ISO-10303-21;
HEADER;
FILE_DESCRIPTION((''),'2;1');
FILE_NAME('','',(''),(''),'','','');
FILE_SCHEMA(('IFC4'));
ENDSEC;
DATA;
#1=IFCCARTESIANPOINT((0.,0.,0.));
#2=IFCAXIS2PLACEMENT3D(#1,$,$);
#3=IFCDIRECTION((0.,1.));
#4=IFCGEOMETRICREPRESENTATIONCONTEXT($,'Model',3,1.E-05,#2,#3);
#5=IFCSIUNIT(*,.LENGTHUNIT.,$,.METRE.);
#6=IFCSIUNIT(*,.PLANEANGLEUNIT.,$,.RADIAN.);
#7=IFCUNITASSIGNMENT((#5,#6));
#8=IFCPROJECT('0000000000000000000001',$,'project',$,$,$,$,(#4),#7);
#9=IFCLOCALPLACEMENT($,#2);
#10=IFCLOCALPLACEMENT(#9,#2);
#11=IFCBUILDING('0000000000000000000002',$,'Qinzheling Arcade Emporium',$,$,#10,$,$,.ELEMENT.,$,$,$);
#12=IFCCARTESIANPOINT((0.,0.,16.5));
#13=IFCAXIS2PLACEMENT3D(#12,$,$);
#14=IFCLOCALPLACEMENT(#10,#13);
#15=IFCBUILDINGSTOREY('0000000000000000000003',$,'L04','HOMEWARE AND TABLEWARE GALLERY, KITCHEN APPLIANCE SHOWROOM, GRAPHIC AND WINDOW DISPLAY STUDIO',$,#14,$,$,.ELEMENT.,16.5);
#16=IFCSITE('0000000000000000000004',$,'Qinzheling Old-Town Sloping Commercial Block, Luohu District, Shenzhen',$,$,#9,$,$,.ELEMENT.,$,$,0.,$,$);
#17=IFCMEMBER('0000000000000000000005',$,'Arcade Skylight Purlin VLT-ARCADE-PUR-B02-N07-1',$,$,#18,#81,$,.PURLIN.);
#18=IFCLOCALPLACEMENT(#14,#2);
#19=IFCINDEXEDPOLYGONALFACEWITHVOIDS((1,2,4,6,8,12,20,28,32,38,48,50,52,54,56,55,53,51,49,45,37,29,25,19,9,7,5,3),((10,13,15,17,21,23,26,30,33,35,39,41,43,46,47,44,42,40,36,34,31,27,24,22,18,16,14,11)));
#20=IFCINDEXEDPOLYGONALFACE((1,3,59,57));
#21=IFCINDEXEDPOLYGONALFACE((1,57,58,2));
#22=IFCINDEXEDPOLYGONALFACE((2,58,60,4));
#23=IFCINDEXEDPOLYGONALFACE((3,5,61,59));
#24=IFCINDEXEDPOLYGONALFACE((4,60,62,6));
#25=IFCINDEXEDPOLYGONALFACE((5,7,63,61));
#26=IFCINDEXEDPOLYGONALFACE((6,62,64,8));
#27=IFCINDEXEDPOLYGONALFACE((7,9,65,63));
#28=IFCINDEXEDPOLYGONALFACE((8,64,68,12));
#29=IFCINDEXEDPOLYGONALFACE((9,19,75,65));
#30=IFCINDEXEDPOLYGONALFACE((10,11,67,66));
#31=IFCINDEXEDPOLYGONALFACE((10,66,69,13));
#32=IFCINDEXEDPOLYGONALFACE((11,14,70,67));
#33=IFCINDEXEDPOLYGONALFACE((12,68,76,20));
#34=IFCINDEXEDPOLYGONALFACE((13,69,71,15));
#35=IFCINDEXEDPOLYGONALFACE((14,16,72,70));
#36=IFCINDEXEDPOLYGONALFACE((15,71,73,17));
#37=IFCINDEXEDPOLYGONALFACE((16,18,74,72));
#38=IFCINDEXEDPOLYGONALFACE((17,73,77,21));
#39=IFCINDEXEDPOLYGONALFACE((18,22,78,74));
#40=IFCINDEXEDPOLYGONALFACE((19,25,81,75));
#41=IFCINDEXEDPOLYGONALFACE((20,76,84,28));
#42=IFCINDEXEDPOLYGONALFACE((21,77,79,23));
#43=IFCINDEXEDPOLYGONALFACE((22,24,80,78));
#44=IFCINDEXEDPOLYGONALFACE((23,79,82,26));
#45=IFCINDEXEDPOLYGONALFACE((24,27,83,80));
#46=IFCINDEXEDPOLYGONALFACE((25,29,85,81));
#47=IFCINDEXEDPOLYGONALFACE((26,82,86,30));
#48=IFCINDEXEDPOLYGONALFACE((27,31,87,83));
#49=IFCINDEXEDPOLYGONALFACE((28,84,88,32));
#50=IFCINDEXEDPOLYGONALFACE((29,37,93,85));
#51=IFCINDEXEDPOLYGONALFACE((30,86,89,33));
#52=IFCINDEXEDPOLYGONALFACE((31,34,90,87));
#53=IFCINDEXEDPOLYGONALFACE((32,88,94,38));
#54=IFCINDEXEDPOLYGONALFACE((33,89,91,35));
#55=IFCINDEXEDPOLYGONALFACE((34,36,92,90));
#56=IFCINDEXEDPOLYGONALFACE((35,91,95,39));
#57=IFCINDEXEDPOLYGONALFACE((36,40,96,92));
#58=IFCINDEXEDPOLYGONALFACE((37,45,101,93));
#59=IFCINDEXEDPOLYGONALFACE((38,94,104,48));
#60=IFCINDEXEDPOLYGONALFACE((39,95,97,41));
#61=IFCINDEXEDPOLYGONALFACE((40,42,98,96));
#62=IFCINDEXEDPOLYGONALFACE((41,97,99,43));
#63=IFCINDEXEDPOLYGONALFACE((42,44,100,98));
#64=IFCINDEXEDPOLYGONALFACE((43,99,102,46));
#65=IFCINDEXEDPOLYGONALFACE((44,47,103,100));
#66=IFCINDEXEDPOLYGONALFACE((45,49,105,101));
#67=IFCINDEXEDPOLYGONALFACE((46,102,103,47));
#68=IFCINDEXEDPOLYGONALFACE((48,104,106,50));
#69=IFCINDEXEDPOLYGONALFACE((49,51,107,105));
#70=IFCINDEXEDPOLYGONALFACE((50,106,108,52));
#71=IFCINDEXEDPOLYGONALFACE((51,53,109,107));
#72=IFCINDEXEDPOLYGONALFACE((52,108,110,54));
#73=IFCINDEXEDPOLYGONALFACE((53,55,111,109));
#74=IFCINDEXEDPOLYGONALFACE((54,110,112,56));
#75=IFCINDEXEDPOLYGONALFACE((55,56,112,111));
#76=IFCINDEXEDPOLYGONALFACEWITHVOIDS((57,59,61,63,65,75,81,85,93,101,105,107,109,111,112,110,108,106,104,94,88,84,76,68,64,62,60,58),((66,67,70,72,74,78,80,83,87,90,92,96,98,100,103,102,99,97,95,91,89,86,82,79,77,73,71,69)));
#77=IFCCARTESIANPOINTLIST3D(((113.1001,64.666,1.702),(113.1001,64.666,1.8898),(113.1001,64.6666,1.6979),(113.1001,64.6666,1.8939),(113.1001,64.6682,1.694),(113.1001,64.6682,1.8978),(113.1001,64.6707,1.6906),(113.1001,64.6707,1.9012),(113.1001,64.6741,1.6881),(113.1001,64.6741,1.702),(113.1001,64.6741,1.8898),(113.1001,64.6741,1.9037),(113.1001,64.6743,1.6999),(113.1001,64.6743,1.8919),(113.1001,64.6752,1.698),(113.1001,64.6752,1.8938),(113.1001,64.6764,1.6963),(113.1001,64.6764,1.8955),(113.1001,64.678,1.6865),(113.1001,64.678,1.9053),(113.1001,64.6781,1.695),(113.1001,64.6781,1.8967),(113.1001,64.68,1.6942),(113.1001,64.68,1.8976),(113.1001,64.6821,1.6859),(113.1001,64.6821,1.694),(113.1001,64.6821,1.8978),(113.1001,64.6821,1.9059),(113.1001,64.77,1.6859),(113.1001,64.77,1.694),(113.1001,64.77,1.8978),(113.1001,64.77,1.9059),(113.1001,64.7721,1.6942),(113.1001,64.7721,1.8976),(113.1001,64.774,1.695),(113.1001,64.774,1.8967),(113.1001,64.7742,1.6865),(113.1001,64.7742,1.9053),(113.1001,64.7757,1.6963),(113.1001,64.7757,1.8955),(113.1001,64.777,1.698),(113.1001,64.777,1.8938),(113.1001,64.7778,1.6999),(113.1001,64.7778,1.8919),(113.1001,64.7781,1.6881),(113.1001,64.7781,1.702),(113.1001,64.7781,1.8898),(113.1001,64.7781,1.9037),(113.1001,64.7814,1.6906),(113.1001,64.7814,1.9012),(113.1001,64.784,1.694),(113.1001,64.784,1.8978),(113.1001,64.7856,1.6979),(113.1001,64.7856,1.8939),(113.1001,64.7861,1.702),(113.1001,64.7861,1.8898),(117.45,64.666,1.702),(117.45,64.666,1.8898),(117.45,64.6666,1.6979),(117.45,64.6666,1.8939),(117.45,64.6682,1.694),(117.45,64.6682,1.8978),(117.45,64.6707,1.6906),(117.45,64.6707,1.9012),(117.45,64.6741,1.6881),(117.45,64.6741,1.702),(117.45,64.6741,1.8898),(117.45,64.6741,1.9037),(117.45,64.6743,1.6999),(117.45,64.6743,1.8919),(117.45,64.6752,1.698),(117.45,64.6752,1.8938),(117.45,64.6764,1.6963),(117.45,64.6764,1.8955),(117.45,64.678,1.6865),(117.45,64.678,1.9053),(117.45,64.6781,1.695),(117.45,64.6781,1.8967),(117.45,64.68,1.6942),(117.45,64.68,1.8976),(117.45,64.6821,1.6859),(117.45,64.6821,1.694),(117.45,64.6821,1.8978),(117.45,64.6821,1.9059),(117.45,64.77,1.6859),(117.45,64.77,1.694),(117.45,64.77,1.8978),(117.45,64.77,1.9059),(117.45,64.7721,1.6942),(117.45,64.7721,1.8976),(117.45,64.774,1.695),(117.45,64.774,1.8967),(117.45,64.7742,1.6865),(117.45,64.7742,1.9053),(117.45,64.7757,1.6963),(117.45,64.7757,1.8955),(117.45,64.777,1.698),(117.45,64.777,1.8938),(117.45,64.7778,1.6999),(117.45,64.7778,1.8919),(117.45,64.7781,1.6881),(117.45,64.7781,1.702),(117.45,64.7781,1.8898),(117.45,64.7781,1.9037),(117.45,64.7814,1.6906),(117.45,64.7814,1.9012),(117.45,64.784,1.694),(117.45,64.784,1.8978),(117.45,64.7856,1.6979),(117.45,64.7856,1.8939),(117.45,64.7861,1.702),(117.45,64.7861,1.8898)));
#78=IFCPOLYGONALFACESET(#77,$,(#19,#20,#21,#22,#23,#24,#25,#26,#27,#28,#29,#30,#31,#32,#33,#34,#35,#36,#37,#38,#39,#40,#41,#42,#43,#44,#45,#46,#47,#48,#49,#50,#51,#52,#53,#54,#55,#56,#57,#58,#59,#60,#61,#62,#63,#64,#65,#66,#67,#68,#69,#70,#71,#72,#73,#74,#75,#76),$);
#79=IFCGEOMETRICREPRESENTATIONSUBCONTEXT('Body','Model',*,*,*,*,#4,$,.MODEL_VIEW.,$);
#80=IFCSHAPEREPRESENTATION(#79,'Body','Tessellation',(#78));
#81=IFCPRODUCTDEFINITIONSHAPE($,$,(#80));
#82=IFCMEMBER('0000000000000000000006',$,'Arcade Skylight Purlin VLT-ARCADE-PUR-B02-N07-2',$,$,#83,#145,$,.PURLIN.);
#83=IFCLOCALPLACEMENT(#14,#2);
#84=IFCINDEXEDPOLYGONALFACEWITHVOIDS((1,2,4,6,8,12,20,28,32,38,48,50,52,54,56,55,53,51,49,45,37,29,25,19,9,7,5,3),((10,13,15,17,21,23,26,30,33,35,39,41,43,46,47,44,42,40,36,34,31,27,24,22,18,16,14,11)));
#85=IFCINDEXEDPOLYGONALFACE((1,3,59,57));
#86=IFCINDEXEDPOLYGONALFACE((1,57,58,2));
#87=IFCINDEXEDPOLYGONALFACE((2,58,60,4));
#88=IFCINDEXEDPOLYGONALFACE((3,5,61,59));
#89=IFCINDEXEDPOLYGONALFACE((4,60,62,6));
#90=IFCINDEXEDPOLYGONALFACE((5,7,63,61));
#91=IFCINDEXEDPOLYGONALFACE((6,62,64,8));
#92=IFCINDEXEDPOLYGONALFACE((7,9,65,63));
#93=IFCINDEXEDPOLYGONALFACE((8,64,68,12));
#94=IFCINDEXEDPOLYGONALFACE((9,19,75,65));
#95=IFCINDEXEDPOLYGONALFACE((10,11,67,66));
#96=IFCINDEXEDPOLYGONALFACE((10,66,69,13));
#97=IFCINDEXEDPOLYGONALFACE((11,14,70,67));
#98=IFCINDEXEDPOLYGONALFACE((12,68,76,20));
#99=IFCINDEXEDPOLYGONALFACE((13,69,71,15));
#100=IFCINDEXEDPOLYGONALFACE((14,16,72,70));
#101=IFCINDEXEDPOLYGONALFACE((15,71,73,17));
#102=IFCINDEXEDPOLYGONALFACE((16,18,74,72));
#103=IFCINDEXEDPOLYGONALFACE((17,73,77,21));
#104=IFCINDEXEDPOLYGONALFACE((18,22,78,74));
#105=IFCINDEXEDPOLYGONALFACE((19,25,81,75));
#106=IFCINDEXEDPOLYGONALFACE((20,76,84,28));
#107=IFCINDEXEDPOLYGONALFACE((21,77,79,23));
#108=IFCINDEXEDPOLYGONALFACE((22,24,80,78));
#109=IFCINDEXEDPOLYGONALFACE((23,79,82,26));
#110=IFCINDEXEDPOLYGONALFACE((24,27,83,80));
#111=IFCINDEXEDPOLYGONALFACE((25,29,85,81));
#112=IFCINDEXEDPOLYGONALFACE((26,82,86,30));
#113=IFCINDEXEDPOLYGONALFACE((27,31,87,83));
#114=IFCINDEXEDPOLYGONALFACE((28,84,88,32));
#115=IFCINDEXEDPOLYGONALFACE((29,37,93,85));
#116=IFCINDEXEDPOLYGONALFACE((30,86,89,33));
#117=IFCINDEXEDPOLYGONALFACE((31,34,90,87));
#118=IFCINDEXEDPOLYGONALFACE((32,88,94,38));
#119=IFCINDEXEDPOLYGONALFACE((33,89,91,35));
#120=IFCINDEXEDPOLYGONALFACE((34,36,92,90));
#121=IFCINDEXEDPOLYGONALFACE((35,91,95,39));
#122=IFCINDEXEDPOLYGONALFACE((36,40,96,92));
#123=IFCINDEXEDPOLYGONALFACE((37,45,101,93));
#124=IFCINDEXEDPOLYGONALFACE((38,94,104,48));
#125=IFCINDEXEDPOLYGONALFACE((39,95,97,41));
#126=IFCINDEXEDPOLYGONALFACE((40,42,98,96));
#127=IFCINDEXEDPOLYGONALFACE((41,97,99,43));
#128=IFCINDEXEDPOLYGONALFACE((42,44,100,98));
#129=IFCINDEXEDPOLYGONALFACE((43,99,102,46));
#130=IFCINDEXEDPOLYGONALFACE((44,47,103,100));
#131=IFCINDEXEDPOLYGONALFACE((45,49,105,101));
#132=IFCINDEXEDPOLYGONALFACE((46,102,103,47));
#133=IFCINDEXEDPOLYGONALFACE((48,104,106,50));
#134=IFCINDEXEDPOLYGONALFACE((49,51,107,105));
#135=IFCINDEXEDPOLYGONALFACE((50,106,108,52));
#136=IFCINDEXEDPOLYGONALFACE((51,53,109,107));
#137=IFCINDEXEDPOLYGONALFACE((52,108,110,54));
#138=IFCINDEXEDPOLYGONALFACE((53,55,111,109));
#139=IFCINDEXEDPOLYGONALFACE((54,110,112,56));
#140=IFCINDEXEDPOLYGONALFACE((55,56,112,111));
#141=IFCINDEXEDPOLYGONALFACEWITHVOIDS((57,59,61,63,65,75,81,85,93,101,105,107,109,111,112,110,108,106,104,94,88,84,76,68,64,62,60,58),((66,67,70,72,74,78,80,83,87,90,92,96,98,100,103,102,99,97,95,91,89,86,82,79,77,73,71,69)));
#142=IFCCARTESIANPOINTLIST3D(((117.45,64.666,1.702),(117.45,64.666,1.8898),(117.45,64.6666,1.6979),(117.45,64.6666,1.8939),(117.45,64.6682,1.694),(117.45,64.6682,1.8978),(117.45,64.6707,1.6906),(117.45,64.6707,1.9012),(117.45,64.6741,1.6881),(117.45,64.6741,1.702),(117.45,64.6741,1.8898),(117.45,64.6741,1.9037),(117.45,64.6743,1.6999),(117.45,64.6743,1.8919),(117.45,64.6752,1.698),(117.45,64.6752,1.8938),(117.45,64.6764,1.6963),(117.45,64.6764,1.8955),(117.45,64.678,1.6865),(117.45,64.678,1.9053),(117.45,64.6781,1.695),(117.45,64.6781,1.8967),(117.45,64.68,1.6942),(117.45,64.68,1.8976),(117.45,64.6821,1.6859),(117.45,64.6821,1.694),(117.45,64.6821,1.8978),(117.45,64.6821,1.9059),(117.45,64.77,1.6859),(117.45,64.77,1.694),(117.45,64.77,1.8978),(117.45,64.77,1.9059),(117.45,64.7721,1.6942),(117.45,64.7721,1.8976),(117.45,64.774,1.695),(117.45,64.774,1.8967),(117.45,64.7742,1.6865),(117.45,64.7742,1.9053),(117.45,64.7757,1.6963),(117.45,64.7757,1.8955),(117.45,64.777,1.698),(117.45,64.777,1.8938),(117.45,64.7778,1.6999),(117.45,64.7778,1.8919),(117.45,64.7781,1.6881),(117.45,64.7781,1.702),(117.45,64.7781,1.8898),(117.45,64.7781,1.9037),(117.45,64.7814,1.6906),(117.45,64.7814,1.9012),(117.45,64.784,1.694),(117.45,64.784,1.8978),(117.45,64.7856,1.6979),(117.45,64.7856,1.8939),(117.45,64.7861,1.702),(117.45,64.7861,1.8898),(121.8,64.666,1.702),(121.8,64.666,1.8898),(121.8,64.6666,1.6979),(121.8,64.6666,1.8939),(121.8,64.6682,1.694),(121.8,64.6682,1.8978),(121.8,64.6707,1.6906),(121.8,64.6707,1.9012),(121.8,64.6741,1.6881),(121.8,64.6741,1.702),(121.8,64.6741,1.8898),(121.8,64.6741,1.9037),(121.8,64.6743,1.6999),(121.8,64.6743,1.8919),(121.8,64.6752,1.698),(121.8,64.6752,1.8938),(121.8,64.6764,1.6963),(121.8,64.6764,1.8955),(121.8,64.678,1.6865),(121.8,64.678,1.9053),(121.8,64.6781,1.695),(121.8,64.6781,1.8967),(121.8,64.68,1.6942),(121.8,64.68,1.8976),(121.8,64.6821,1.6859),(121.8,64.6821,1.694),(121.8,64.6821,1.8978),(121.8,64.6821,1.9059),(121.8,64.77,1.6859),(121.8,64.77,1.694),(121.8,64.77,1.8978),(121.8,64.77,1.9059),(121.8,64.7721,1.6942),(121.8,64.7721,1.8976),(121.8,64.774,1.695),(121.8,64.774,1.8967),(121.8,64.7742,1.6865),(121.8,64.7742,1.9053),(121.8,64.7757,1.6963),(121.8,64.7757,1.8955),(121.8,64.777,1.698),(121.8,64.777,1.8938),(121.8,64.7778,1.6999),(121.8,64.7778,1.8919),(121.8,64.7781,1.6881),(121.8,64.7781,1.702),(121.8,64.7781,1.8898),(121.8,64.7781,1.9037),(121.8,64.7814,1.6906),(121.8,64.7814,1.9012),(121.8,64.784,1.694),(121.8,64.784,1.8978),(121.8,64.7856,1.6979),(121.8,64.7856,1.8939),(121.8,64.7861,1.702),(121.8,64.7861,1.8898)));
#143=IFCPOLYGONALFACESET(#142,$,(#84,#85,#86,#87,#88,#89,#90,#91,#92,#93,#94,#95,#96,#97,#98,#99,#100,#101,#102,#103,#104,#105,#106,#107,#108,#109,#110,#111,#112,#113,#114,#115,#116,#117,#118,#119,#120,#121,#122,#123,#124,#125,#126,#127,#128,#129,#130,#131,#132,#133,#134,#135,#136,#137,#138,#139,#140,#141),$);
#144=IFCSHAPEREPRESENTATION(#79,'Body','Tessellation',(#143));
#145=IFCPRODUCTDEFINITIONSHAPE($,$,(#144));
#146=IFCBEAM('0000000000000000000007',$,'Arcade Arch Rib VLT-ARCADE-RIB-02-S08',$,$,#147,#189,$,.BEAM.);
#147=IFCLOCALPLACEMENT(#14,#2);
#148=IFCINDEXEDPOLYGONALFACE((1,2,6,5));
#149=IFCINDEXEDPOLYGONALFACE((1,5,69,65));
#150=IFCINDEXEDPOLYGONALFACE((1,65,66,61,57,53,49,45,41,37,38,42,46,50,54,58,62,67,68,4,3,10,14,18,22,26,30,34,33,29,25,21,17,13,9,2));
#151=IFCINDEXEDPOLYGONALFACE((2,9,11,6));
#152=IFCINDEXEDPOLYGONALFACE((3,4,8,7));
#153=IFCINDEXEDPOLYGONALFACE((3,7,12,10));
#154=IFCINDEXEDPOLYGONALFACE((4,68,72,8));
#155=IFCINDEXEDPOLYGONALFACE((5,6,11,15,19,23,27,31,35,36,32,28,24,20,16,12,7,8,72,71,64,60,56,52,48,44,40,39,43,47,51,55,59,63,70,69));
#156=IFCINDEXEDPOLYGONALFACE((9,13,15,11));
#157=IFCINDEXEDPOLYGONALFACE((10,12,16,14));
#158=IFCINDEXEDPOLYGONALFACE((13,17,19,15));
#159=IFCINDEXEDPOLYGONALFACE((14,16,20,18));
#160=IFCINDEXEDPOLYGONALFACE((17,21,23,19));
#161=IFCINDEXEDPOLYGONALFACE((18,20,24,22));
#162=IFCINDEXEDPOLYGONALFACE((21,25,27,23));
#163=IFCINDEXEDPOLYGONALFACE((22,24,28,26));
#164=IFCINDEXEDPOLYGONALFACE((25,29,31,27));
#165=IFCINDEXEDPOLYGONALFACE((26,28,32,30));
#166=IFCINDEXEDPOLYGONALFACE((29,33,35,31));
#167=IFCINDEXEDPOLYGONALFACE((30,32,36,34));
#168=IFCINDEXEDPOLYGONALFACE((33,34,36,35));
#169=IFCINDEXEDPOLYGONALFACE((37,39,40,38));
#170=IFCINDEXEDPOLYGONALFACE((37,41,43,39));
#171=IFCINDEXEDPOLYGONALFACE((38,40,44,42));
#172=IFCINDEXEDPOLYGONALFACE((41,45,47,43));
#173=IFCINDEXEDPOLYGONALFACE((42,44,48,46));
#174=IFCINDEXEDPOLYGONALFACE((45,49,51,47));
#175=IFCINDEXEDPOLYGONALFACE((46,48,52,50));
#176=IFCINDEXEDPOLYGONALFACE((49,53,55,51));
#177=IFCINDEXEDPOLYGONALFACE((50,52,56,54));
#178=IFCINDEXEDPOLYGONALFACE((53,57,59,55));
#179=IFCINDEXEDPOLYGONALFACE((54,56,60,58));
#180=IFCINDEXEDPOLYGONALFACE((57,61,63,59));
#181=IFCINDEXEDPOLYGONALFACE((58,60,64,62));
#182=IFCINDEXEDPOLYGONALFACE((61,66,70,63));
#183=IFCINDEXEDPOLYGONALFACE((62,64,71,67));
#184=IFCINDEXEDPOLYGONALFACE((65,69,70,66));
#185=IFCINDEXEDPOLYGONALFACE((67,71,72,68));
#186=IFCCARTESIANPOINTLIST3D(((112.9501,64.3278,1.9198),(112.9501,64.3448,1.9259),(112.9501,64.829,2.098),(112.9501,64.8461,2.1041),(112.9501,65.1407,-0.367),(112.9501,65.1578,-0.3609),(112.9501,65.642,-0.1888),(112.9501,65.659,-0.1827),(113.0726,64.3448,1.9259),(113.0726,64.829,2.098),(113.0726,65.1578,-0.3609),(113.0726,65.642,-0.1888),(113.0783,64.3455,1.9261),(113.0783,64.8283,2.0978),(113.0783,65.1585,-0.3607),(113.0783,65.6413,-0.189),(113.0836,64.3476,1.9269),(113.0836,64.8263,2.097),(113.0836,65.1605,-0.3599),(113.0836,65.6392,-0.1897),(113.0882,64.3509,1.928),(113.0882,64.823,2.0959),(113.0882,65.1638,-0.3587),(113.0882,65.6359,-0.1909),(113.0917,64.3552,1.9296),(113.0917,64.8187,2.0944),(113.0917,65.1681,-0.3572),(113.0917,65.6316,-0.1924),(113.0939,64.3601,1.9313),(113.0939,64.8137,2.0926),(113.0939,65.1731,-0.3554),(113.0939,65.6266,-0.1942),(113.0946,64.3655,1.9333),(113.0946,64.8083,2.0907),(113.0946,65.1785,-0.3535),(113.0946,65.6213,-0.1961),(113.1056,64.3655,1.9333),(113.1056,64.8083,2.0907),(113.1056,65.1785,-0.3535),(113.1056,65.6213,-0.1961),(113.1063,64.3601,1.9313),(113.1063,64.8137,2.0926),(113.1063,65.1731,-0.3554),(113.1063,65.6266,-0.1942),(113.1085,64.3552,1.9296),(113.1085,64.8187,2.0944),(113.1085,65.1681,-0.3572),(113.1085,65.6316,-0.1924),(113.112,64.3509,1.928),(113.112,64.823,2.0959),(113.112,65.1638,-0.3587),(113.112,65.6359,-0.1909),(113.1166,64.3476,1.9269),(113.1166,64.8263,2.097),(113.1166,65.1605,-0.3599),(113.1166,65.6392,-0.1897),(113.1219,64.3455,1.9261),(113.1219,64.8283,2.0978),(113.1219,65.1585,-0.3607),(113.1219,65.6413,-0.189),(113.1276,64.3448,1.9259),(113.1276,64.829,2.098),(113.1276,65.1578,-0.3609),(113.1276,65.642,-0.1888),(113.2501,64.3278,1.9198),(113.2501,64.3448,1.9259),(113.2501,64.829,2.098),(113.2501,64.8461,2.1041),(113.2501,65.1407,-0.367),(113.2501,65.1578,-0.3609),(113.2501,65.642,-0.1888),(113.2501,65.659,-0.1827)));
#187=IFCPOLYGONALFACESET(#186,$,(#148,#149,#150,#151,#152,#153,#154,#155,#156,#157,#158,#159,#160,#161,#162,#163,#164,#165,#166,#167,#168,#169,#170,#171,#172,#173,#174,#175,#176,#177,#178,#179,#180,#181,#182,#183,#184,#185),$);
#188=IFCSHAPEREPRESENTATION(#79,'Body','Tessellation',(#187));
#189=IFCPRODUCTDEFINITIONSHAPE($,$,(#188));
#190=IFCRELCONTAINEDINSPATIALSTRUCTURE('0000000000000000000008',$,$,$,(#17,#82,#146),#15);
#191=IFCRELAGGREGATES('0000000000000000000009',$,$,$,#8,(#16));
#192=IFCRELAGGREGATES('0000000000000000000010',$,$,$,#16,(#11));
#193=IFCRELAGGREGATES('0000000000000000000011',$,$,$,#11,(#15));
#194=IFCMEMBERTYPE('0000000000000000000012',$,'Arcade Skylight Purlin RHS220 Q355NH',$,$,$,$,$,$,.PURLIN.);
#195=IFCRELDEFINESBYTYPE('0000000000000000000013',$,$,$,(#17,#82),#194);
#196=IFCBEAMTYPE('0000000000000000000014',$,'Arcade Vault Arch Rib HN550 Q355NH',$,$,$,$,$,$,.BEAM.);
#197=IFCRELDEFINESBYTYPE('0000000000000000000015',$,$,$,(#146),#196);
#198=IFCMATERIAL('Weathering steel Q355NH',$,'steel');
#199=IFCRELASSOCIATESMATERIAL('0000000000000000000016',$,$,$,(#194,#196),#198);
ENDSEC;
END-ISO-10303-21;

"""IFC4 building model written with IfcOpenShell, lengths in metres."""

from ifc_helpers import new_model, si_unit, direction, frame, origin, origin_2d, place, context, subcontext, project, spatial, hollow_rectangle, i_section, extrude, material, material_profile, profile_set, type_object, element, save


model = new_model("IFC4")

# Units and contexts
model_context = context("Model", 3, precision=1e-05, world=origin(), true_north=direction((0.0, 1.0)))
body_context = subcontext(model_context, "Body", "Model", "MODEL_VIEW")
ifc_project = project(units=[si_unit("LENGTHUNIT", "METRE"), si_unit("PLANEANGLEUNIT", "RADIAN")], contexts=[model_context])

# Site, building, storey
site_placement = place(None, origin())
site = spatial("IfcSite", under=ifc_project, at=site_placement, Name="Qinzheling Old-Town Sloping Commercial Block, Luohu District, Shenzhen", CompositionType="ELEMENT", RefElevation=0.0)
building_placement = place(site_placement, origin())
building = spatial("IfcBuilding", under=site, at=building_placement, Name="Qinzheling Arcade Emporium", CompositionType="ELEMENT")
storey_placement = place(building_placement, frame((0.0, 0.0, 16.5)))
storey = spatial("IfcBuildingStorey", under=building, at=storey_placement, Name="L04", Description="HOMEWARE AND TABLEWARE GALLERY, KITCHEN APPLIANCE SHOWROOM, GRAPHIC AND WINDOW DISPLAY STUDIO", CompositionType="ELEMENT", Elevation=16.5)

# Shared definitions
ifc_material_1 = material(Name="Weathering steel Q355NH", Category="steel")

# Members
ifc_material_profile_1 = material_profile(ifc_material_1, hollow_rectangle(XDim=0.1201, YDim=0.22, WallThickness=0.0081, InnerFilletRadius=0.0081, OuterFilletRadius=0.0161, at=origin_2d()), Name="RHS 220x120x8", Category="steel")
ifc_profile_set_1 = profile_set([ifc_material_profile_1], Name="Weathering steel Q355NH")
member_type_1 = type_object("IfcMemberType", Name="Arcade Skylight Purlin RHS220 Q355NH", PredefinedType="PURLIN", material=ifc_profile_set_1)
member_1_placement = place(storey_placement, frame((113.1001, 64.7261, 1.7959), z_axis=(1.0, 0.0, 0.0), x_axis=(0.0, 1.0, 0.0)))
element("IfcMember", 1, at=member_1_placement, inside=storey, type_object=member_type_1, Name="Arcade Skylight Purlin VLT-ARCADE-PUR-B02-N07-1", PredefinedType="PURLIN", context=body_context, shape_type="SweptSolid", body=[
    extrude(hollow_rectangle(XDim=0.1201, YDim=0.22, WallThickness=0.0081, InnerFilletRadius=0.0081, OuterFilletRadius=0.0161, at=origin_2d()), origin(), (0.0, 0.0, 1.0), 4.3499),
])
member_2_placement = place(storey_placement, frame((117.45, 64.7261, 1.7959), z_axis=(1.0, 0.0, 0.0), x_axis=(0.0, 1.0, 0.0)))
element("IfcMember", 2, at=member_2_placement, inside=storey, type_object=member_type_1, Name="Arcade Skylight Purlin VLT-ARCADE-PUR-B02-N07-2", PredefinedType="PURLIN", context=body_context, shape_type="SweptSolid", body=[
    extrude(hollow_rectangle(XDim=0.1201, YDim=0.22, WallThickness=0.0081, InnerFilletRadius=0.0081, OuterFilletRadius=0.0161, at=origin_2d()), origin(), (0.0, 0.0, 1.0), 4.3501),
])

# Beam
ifc_material_profile_2 = material_profile(ifc_material_1, i_section(OverallWidth=0.3, OverallDepth=0.55, WebThickness=0.011, FlangeThickness=0.0181, FilletRadius=0.022, at=origin_2d()), Name="HN 550x300x11x18", Category="steel")
ifc_profile_set_2 = profile_set([ifc_material_profile_2], Name="Weathering steel Q355NH")
beam_type_1 = type_object("IfcBeamType", Name="Arcade Vault Arch Rib HN550 Q355NH", PredefinedType="BEAM", material=ifc_profile_set_2)
beam_1_placement = place(storey_placement, frame((113.1001, 64.5869, 2.012), z_axis=(0.0, 0.334966, -0.94223), x_axis=(-1.0, 0.0, 0.0)))
element("IfcBeam", 3, at=beam_1_placement, inside=storey, type_object=beam_type_1, Name="Arcade Arch Rib VLT-ARCADE-RIB-02-S08", PredefinedType="BEAM", context=body_context, shape_type="SweptSolid", body=[
    extrude(i_section(OverallWidth=0.3, OverallDepth=0.55, WebThickness=0.011, FlangeThickness=0.0181, FilletRadius=0.022, at=origin_2d()), origin(), (0.0, 0.0, 1.0), 2.427),
])

save(model, "model.ifc")
